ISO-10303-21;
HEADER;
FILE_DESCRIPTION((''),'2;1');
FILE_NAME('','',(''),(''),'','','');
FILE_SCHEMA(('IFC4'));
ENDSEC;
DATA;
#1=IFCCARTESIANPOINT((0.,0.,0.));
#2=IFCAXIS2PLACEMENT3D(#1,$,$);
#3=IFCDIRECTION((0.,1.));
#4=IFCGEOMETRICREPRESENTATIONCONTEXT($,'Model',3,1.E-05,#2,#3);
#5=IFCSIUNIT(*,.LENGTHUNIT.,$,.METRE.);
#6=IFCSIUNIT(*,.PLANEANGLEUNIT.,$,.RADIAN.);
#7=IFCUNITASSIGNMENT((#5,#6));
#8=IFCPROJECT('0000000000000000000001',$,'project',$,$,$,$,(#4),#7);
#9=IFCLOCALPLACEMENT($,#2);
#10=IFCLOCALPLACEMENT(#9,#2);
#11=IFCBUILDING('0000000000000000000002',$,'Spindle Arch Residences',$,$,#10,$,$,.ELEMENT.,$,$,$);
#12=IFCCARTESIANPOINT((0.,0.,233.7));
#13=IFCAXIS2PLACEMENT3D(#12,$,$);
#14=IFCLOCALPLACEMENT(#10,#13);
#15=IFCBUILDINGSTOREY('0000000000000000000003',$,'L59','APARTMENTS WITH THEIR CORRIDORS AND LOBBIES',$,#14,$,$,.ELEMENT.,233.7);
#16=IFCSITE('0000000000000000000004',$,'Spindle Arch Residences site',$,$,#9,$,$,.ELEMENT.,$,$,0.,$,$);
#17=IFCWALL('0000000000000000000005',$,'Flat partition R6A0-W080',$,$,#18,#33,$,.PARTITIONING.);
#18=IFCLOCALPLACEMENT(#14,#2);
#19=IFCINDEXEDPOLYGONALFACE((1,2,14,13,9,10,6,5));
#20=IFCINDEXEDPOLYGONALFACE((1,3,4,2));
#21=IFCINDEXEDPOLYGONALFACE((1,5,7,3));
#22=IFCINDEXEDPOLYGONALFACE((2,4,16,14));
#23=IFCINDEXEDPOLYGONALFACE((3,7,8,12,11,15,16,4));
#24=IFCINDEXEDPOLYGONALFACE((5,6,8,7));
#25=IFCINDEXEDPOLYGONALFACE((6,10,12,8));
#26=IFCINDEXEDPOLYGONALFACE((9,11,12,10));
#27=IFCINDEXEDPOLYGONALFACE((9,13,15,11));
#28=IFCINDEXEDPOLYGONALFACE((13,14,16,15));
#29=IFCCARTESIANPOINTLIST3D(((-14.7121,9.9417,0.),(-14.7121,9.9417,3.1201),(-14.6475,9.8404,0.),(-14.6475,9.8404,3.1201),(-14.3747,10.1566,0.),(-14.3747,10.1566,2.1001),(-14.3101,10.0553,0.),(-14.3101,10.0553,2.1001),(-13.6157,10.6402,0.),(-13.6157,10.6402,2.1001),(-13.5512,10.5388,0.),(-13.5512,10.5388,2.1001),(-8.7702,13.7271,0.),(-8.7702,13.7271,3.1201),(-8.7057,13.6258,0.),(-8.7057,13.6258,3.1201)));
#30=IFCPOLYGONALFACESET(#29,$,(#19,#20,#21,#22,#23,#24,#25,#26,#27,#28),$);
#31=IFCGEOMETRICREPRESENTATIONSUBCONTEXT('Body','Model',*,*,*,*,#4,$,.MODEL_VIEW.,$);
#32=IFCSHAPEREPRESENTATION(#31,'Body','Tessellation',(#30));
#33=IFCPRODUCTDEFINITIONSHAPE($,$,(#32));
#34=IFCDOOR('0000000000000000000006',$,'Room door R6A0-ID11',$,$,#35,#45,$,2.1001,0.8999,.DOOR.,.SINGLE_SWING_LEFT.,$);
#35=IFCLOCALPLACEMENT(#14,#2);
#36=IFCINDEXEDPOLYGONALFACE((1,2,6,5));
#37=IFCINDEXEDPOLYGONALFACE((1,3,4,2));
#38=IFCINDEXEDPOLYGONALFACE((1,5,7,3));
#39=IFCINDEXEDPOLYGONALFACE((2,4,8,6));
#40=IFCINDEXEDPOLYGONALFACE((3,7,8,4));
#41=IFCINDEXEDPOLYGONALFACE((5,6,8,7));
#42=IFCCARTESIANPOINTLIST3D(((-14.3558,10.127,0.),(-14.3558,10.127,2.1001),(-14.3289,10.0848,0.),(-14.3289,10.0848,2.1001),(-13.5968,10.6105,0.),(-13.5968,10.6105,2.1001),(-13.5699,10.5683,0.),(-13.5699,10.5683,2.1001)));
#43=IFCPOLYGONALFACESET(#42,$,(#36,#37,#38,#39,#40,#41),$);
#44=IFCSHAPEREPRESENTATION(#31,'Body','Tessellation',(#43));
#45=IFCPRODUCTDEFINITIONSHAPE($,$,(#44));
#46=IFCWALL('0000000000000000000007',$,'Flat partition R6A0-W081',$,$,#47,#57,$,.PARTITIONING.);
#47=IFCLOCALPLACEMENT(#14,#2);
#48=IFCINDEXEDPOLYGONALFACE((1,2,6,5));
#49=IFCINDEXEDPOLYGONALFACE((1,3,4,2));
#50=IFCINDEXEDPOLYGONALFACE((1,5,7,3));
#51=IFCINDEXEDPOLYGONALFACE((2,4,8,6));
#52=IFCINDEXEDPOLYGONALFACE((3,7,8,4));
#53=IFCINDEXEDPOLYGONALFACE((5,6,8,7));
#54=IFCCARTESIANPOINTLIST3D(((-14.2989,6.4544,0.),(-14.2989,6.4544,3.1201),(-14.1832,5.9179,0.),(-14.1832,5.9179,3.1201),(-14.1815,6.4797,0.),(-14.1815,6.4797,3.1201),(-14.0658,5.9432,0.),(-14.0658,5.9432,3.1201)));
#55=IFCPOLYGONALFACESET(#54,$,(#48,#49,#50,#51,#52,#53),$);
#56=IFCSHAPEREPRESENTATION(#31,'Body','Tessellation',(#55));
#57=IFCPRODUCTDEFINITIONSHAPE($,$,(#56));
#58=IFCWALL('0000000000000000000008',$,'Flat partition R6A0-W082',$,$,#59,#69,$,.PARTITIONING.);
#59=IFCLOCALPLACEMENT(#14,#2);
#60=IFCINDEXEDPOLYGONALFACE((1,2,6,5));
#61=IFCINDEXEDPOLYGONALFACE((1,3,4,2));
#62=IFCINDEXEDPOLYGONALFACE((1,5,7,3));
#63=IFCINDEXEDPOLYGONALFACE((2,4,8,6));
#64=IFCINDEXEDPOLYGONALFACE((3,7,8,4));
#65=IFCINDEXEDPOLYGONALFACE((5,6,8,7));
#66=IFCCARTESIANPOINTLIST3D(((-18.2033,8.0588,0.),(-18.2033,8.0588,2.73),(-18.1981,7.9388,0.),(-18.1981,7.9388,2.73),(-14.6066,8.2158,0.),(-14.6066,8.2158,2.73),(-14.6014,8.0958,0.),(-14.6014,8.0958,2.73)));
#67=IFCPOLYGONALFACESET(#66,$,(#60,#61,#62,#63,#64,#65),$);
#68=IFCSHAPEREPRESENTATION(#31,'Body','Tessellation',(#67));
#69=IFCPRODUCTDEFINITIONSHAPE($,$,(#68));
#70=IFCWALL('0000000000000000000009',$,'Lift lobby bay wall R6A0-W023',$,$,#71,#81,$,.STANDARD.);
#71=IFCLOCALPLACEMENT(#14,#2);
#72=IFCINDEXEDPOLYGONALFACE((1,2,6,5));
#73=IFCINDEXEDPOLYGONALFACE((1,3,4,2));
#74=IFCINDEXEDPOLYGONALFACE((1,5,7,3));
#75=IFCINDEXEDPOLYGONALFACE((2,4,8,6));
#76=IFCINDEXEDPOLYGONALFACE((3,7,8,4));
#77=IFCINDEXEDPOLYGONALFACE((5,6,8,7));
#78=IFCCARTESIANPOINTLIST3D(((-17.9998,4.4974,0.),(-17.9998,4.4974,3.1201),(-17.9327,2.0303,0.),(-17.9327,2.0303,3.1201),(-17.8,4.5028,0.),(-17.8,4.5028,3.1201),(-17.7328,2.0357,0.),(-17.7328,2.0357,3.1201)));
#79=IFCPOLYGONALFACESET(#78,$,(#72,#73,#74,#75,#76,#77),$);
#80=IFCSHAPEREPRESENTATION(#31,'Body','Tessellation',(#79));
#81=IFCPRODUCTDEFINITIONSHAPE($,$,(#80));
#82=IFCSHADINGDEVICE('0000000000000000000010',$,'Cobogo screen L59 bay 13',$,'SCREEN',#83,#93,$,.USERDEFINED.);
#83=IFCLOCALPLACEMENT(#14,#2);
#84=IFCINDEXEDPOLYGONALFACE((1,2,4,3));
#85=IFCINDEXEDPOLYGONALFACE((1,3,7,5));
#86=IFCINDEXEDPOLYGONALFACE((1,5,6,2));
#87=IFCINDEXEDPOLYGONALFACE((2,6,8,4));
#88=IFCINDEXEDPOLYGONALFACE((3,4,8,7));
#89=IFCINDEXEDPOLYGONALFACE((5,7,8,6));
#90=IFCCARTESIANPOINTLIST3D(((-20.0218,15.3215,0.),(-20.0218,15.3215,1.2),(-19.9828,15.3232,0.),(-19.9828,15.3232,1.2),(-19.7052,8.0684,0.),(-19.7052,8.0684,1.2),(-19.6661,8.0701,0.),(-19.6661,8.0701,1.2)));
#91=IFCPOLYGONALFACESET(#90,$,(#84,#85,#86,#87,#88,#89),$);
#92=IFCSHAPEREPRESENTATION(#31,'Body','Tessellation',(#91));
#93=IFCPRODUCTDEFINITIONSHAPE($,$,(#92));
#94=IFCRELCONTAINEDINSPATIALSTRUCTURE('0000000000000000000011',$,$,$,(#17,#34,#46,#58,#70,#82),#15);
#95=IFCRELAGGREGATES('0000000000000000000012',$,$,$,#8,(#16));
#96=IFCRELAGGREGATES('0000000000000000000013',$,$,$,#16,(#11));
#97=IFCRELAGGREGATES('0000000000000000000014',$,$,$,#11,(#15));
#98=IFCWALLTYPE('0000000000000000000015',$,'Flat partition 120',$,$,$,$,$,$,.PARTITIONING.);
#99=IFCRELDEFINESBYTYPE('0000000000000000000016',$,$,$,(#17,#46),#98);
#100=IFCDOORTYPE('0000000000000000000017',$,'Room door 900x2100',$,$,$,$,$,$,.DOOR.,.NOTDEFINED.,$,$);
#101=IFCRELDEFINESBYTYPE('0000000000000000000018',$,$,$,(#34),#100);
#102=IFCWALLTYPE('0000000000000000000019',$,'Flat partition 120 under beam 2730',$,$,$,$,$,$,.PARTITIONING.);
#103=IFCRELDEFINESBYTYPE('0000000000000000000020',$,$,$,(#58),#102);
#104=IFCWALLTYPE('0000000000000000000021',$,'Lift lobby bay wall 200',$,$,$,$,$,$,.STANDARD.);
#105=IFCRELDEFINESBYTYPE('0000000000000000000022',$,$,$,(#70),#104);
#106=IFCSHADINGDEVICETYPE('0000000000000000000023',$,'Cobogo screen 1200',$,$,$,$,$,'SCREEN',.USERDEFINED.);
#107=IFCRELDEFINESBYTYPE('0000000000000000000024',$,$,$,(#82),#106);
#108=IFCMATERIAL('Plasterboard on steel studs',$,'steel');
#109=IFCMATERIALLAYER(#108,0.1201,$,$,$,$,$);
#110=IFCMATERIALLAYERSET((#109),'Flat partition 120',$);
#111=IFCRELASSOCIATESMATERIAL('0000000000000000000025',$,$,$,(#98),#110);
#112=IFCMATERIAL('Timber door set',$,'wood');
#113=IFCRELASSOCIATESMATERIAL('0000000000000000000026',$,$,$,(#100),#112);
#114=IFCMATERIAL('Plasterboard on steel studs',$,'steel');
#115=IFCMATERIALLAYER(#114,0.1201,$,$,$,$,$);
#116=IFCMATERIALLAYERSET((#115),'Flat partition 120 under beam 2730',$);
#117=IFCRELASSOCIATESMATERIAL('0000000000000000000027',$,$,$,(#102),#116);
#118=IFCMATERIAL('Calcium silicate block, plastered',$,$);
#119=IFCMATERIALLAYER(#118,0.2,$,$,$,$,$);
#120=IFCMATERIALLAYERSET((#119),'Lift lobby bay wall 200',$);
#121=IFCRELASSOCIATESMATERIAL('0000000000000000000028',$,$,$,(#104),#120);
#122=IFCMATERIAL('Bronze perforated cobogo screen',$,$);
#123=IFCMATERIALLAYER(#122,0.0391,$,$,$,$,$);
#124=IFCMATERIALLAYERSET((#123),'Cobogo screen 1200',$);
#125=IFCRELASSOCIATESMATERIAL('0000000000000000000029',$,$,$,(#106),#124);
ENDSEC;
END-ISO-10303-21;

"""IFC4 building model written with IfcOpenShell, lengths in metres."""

from ifc_helpers import new_model, si_unit, direction, frame, frame_2d, origin, origin_2d, place, context, subcontext, project, spatial, rectangle, extrude, material, layer, layer_set, type_object, element, fill, save


model = new_model("IFC4")

# Units and contexts
model_context = context("Model", 3, precision=1e-05, world=origin(), true_north=direction((0.0, 1.0)))
body_context = subcontext(model_context, "Body", "Model", "MODEL_VIEW")
ifc_project = project(units=[si_unit("LENGTHUNIT", "METRE"), si_unit("PLANEANGLEUNIT", "RADIAN")], contexts=[model_context])

# Site, building, storey
site_placement = place(None, origin())
site = spatial("IfcSite", under=ifc_project, at=site_placement, Name="Spindle Arch Residences site", CompositionType="ELEMENT", RefElevation=0.0)
building_placement = place(site_placement, origin())
building = spatial("IfcBuilding", under=site, at=building_placement, Name="Spindle Arch Residences", CompositionType="ELEMENT")
storey_placement = place(building_placement, frame((0.0, 0.0, 233.7)))
storey = spatial("IfcBuildingStorey", under=building, at=storey_placement, Name="L59", Description="APARTMENTS WITH THEIR CORRIDORS AND LOBBIES", CompositionType="ELEMENT", Elevation=233.7)

# Wall, opening, door
ifc_material_1 = material(Name="Plasterboard on steel studs", Category="steel")
ifc_layer_1 = layer(ifc_material_1, 0.1201)
ifc_layer_set_1 = layer_set([ifc_layer_1], Name="Flat partition 120")
wall_type_1 = type_object("IfcWallType", Name="Flat partition 120", PredefinedType="PARTITIONING", material=ifc_layer_set_1)
ifc_material_2 = material(Name="Timber door set", Category="wood")
door_type_1 = type_object("IfcDoorType", Name="Room door 900x2100", OperationType="NOTDEFINED", PredefinedType="DOOR", material=ifc_material_2)
wall_1_placement = place(storey_placement, frame((-14.6797, 9.8911, 0.0), z_axis=(0.0, 0.0, 1.0), x_axis=(0.843392, 0.537299, 0.0)))
wall_1 = element("IfcWall", 1, at=wall_1_placement, inside=storey, type_object=wall_type_1, Name="Flat partition R6A0-W080", PredefinedType="PARTITIONING", context=body_context, shape_type="SweptSolid", body=[
    extrude(rectangle(XDim=7.0452, YDim=0.1201, at=frame_2d((3.5225, 0.0))), origin(), (0.0, 0.0, 1.0), 3.1201),
])
opening_1_placement = place(wall_1_placement, frame((0.3999, 0.0, 0.0)))
opening_1 = element("IfcOpeningElement", 2, at=opening_1_placement, cuts=wall_1, PredefinedType="OPENING", context=body_context, shape_type="SweptSolid", body=[
    extrude(rectangle(XDim=0.8999, YDim=2.1001, at=frame_2d((0.45, 1.05))), frame((0.0, 0.0701, 0.0), z_axis=(0.0, -1.0, 0.0), x_axis=(1.0, 0.0, 0.0)), (0.0, 0.0, 1.0), 0.1401),
])
door_1_placement = place(opening_1_placement, origin())
door_1 = element("IfcDoor", 3, at=door_1_placement, inside=storey, type_object=door_type_1, Name="Room door R6A0-ID11", OperationType="SINGLE_SWING_LEFT", OverallHeight=2.1001, OverallWidth=0.8999, PredefinedType="DOOR", context=body_context, shape_type="SweptSolid", body=[
    extrude(rectangle(XDim=0.8999, YDim=2.1001, at=frame_2d((0.45, 1.05))), frame((0.0, 0.0249, 0.0), z_axis=(0.0, -1.0, 0.0), x_axis=(1.0, 0.0, 0.0)), (0.0, 0.0, 1.0), 0.05),
])
fill(opening_1, door_1)

# Walls
wall_2_placement = place(storey_placement, frame((-14.2402, 6.467, 0.0), z_axis=(0.0, 0.0, 1.0), x_axis=(0.210896, -0.977508, 0.0)))
element("IfcWall", 4, at=wall_2_placement, inside=storey, type_object=wall_type_1, Name="Flat partition R6A0-W081", PredefinedType="PARTITIONING", context=body_context, shape_type="SweptSolid", body=[
    extrude(rectangle(XDim=0.5488, YDim=0.1201, at=frame_2d((0.2744, 0.0))), origin(), (0.0, 0.0, 1.0), 3.1201),
])
ifc_material_3 = material(Name="Plasterboard on steel studs", Category="steel")
ifc_layer_2 = layer(ifc_material_3, 0.1201)
ifc_layer_set_2 = layer_set([ifc_layer_2], Name="Flat partition 120 under beam 2730")
wall_type_2 = type_object("IfcWallType", Name="Flat partition 120 under beam 2730", PredefinedType="PARTITIONING", material=ifc_layer_set_2)
wall_3_placement = place(storey_placement, frame((-18.2007, 7.9988, 0.0), z_axis=(0.0, 0.0, 1.0), x_axis=(0.999049, 0.043605, 0.0)))
element("IfcWall", 5, at=wall_3_placement, inside=storey, type_object=wall_type_2, Name="Flat partition R6A0-W082", PredefinedType="PARTITIONING", context=body_context, shape_type="SweptSolid", body=[
    extrude(rectangle(XDim=3.6001, YDim=0.1201, at=frame_2d((1.8, 0.0))), origin(), (0.0, 0.0, 1.0), 2.73),
])

# Wall
ifc_material_4 = material(Name="Calcium silicate block, plastered")
ifc_layer_3 = layer(ifc_material_4, 0.2)
ifc_layer_set_3 = layer_set([ifc_layer_3], Name="Lift lobby bay wall 200")
wall_type_3 = type_object("IfcWallType", Name="Lift lobby bay wall 200", PredefinedType="STANDARD", material=ifc_layer_set_3)
wall_4_placement = place(storey_placement, frame((-17.8999, 4.5, 0.0), z_axis=(0.0, 0.0, 1.0), x_axis=(0.027204, -0.99963, 0.0)))
element("IfcWall", 6, at=wall_4_placement, inside=storey, type_object=wall_type_3, Name="Lift lobby bay wall R6A0-W023", PredefinedType="STANDARD", context=body_context, shape_type="SweptSolid", body=[
    extrude(rectangle(XDim=2.468, YDim=0.2, at=frame_2d((1.2339, 0.0))), origin(), (0.0, 0.0, 1.0), 3.1201),
])

# Shading device
ifc_material_5 = material(Name="Bronze perforated cobogo screen")
ifc_layer_4 = layer(ifc_material_5, 0.0391)
ifc_layer_set_4 = layer_set([ifc_layer_4], Name="Cobogo screen 1200")
shading_device_type = type_object("IfcShadingDeviceType", Name="Cobogo screen 1200", ElementType="SCREEN", PredefinedType="USERDEFINED", material=ifc_layer_set_4)
shading_device_placement = place(storey_placement, frame((-19.844, 11.6958, 0.0), z_axis=(0.0, 0.0, 1.0), x_axis=(0.043619, -0.999048, 0.0)))
element("IfcShadingDevice", 7, at=shading_device_placement, inside=storey, type_object=shading_device_type, Name="Cobogo screen L59 bay 13", ObjectType="SCREEN", PredefinedType="USERDEFINED", context=body_context, shape_type="SweptSolid", body=[
    extrude(rectangle(XDim=7.26, YDim=0.0391, at=origin_2d()), origin(), (0.0, 0.0, 1.0), 1.2),
])

save(model, "model.ifc")
